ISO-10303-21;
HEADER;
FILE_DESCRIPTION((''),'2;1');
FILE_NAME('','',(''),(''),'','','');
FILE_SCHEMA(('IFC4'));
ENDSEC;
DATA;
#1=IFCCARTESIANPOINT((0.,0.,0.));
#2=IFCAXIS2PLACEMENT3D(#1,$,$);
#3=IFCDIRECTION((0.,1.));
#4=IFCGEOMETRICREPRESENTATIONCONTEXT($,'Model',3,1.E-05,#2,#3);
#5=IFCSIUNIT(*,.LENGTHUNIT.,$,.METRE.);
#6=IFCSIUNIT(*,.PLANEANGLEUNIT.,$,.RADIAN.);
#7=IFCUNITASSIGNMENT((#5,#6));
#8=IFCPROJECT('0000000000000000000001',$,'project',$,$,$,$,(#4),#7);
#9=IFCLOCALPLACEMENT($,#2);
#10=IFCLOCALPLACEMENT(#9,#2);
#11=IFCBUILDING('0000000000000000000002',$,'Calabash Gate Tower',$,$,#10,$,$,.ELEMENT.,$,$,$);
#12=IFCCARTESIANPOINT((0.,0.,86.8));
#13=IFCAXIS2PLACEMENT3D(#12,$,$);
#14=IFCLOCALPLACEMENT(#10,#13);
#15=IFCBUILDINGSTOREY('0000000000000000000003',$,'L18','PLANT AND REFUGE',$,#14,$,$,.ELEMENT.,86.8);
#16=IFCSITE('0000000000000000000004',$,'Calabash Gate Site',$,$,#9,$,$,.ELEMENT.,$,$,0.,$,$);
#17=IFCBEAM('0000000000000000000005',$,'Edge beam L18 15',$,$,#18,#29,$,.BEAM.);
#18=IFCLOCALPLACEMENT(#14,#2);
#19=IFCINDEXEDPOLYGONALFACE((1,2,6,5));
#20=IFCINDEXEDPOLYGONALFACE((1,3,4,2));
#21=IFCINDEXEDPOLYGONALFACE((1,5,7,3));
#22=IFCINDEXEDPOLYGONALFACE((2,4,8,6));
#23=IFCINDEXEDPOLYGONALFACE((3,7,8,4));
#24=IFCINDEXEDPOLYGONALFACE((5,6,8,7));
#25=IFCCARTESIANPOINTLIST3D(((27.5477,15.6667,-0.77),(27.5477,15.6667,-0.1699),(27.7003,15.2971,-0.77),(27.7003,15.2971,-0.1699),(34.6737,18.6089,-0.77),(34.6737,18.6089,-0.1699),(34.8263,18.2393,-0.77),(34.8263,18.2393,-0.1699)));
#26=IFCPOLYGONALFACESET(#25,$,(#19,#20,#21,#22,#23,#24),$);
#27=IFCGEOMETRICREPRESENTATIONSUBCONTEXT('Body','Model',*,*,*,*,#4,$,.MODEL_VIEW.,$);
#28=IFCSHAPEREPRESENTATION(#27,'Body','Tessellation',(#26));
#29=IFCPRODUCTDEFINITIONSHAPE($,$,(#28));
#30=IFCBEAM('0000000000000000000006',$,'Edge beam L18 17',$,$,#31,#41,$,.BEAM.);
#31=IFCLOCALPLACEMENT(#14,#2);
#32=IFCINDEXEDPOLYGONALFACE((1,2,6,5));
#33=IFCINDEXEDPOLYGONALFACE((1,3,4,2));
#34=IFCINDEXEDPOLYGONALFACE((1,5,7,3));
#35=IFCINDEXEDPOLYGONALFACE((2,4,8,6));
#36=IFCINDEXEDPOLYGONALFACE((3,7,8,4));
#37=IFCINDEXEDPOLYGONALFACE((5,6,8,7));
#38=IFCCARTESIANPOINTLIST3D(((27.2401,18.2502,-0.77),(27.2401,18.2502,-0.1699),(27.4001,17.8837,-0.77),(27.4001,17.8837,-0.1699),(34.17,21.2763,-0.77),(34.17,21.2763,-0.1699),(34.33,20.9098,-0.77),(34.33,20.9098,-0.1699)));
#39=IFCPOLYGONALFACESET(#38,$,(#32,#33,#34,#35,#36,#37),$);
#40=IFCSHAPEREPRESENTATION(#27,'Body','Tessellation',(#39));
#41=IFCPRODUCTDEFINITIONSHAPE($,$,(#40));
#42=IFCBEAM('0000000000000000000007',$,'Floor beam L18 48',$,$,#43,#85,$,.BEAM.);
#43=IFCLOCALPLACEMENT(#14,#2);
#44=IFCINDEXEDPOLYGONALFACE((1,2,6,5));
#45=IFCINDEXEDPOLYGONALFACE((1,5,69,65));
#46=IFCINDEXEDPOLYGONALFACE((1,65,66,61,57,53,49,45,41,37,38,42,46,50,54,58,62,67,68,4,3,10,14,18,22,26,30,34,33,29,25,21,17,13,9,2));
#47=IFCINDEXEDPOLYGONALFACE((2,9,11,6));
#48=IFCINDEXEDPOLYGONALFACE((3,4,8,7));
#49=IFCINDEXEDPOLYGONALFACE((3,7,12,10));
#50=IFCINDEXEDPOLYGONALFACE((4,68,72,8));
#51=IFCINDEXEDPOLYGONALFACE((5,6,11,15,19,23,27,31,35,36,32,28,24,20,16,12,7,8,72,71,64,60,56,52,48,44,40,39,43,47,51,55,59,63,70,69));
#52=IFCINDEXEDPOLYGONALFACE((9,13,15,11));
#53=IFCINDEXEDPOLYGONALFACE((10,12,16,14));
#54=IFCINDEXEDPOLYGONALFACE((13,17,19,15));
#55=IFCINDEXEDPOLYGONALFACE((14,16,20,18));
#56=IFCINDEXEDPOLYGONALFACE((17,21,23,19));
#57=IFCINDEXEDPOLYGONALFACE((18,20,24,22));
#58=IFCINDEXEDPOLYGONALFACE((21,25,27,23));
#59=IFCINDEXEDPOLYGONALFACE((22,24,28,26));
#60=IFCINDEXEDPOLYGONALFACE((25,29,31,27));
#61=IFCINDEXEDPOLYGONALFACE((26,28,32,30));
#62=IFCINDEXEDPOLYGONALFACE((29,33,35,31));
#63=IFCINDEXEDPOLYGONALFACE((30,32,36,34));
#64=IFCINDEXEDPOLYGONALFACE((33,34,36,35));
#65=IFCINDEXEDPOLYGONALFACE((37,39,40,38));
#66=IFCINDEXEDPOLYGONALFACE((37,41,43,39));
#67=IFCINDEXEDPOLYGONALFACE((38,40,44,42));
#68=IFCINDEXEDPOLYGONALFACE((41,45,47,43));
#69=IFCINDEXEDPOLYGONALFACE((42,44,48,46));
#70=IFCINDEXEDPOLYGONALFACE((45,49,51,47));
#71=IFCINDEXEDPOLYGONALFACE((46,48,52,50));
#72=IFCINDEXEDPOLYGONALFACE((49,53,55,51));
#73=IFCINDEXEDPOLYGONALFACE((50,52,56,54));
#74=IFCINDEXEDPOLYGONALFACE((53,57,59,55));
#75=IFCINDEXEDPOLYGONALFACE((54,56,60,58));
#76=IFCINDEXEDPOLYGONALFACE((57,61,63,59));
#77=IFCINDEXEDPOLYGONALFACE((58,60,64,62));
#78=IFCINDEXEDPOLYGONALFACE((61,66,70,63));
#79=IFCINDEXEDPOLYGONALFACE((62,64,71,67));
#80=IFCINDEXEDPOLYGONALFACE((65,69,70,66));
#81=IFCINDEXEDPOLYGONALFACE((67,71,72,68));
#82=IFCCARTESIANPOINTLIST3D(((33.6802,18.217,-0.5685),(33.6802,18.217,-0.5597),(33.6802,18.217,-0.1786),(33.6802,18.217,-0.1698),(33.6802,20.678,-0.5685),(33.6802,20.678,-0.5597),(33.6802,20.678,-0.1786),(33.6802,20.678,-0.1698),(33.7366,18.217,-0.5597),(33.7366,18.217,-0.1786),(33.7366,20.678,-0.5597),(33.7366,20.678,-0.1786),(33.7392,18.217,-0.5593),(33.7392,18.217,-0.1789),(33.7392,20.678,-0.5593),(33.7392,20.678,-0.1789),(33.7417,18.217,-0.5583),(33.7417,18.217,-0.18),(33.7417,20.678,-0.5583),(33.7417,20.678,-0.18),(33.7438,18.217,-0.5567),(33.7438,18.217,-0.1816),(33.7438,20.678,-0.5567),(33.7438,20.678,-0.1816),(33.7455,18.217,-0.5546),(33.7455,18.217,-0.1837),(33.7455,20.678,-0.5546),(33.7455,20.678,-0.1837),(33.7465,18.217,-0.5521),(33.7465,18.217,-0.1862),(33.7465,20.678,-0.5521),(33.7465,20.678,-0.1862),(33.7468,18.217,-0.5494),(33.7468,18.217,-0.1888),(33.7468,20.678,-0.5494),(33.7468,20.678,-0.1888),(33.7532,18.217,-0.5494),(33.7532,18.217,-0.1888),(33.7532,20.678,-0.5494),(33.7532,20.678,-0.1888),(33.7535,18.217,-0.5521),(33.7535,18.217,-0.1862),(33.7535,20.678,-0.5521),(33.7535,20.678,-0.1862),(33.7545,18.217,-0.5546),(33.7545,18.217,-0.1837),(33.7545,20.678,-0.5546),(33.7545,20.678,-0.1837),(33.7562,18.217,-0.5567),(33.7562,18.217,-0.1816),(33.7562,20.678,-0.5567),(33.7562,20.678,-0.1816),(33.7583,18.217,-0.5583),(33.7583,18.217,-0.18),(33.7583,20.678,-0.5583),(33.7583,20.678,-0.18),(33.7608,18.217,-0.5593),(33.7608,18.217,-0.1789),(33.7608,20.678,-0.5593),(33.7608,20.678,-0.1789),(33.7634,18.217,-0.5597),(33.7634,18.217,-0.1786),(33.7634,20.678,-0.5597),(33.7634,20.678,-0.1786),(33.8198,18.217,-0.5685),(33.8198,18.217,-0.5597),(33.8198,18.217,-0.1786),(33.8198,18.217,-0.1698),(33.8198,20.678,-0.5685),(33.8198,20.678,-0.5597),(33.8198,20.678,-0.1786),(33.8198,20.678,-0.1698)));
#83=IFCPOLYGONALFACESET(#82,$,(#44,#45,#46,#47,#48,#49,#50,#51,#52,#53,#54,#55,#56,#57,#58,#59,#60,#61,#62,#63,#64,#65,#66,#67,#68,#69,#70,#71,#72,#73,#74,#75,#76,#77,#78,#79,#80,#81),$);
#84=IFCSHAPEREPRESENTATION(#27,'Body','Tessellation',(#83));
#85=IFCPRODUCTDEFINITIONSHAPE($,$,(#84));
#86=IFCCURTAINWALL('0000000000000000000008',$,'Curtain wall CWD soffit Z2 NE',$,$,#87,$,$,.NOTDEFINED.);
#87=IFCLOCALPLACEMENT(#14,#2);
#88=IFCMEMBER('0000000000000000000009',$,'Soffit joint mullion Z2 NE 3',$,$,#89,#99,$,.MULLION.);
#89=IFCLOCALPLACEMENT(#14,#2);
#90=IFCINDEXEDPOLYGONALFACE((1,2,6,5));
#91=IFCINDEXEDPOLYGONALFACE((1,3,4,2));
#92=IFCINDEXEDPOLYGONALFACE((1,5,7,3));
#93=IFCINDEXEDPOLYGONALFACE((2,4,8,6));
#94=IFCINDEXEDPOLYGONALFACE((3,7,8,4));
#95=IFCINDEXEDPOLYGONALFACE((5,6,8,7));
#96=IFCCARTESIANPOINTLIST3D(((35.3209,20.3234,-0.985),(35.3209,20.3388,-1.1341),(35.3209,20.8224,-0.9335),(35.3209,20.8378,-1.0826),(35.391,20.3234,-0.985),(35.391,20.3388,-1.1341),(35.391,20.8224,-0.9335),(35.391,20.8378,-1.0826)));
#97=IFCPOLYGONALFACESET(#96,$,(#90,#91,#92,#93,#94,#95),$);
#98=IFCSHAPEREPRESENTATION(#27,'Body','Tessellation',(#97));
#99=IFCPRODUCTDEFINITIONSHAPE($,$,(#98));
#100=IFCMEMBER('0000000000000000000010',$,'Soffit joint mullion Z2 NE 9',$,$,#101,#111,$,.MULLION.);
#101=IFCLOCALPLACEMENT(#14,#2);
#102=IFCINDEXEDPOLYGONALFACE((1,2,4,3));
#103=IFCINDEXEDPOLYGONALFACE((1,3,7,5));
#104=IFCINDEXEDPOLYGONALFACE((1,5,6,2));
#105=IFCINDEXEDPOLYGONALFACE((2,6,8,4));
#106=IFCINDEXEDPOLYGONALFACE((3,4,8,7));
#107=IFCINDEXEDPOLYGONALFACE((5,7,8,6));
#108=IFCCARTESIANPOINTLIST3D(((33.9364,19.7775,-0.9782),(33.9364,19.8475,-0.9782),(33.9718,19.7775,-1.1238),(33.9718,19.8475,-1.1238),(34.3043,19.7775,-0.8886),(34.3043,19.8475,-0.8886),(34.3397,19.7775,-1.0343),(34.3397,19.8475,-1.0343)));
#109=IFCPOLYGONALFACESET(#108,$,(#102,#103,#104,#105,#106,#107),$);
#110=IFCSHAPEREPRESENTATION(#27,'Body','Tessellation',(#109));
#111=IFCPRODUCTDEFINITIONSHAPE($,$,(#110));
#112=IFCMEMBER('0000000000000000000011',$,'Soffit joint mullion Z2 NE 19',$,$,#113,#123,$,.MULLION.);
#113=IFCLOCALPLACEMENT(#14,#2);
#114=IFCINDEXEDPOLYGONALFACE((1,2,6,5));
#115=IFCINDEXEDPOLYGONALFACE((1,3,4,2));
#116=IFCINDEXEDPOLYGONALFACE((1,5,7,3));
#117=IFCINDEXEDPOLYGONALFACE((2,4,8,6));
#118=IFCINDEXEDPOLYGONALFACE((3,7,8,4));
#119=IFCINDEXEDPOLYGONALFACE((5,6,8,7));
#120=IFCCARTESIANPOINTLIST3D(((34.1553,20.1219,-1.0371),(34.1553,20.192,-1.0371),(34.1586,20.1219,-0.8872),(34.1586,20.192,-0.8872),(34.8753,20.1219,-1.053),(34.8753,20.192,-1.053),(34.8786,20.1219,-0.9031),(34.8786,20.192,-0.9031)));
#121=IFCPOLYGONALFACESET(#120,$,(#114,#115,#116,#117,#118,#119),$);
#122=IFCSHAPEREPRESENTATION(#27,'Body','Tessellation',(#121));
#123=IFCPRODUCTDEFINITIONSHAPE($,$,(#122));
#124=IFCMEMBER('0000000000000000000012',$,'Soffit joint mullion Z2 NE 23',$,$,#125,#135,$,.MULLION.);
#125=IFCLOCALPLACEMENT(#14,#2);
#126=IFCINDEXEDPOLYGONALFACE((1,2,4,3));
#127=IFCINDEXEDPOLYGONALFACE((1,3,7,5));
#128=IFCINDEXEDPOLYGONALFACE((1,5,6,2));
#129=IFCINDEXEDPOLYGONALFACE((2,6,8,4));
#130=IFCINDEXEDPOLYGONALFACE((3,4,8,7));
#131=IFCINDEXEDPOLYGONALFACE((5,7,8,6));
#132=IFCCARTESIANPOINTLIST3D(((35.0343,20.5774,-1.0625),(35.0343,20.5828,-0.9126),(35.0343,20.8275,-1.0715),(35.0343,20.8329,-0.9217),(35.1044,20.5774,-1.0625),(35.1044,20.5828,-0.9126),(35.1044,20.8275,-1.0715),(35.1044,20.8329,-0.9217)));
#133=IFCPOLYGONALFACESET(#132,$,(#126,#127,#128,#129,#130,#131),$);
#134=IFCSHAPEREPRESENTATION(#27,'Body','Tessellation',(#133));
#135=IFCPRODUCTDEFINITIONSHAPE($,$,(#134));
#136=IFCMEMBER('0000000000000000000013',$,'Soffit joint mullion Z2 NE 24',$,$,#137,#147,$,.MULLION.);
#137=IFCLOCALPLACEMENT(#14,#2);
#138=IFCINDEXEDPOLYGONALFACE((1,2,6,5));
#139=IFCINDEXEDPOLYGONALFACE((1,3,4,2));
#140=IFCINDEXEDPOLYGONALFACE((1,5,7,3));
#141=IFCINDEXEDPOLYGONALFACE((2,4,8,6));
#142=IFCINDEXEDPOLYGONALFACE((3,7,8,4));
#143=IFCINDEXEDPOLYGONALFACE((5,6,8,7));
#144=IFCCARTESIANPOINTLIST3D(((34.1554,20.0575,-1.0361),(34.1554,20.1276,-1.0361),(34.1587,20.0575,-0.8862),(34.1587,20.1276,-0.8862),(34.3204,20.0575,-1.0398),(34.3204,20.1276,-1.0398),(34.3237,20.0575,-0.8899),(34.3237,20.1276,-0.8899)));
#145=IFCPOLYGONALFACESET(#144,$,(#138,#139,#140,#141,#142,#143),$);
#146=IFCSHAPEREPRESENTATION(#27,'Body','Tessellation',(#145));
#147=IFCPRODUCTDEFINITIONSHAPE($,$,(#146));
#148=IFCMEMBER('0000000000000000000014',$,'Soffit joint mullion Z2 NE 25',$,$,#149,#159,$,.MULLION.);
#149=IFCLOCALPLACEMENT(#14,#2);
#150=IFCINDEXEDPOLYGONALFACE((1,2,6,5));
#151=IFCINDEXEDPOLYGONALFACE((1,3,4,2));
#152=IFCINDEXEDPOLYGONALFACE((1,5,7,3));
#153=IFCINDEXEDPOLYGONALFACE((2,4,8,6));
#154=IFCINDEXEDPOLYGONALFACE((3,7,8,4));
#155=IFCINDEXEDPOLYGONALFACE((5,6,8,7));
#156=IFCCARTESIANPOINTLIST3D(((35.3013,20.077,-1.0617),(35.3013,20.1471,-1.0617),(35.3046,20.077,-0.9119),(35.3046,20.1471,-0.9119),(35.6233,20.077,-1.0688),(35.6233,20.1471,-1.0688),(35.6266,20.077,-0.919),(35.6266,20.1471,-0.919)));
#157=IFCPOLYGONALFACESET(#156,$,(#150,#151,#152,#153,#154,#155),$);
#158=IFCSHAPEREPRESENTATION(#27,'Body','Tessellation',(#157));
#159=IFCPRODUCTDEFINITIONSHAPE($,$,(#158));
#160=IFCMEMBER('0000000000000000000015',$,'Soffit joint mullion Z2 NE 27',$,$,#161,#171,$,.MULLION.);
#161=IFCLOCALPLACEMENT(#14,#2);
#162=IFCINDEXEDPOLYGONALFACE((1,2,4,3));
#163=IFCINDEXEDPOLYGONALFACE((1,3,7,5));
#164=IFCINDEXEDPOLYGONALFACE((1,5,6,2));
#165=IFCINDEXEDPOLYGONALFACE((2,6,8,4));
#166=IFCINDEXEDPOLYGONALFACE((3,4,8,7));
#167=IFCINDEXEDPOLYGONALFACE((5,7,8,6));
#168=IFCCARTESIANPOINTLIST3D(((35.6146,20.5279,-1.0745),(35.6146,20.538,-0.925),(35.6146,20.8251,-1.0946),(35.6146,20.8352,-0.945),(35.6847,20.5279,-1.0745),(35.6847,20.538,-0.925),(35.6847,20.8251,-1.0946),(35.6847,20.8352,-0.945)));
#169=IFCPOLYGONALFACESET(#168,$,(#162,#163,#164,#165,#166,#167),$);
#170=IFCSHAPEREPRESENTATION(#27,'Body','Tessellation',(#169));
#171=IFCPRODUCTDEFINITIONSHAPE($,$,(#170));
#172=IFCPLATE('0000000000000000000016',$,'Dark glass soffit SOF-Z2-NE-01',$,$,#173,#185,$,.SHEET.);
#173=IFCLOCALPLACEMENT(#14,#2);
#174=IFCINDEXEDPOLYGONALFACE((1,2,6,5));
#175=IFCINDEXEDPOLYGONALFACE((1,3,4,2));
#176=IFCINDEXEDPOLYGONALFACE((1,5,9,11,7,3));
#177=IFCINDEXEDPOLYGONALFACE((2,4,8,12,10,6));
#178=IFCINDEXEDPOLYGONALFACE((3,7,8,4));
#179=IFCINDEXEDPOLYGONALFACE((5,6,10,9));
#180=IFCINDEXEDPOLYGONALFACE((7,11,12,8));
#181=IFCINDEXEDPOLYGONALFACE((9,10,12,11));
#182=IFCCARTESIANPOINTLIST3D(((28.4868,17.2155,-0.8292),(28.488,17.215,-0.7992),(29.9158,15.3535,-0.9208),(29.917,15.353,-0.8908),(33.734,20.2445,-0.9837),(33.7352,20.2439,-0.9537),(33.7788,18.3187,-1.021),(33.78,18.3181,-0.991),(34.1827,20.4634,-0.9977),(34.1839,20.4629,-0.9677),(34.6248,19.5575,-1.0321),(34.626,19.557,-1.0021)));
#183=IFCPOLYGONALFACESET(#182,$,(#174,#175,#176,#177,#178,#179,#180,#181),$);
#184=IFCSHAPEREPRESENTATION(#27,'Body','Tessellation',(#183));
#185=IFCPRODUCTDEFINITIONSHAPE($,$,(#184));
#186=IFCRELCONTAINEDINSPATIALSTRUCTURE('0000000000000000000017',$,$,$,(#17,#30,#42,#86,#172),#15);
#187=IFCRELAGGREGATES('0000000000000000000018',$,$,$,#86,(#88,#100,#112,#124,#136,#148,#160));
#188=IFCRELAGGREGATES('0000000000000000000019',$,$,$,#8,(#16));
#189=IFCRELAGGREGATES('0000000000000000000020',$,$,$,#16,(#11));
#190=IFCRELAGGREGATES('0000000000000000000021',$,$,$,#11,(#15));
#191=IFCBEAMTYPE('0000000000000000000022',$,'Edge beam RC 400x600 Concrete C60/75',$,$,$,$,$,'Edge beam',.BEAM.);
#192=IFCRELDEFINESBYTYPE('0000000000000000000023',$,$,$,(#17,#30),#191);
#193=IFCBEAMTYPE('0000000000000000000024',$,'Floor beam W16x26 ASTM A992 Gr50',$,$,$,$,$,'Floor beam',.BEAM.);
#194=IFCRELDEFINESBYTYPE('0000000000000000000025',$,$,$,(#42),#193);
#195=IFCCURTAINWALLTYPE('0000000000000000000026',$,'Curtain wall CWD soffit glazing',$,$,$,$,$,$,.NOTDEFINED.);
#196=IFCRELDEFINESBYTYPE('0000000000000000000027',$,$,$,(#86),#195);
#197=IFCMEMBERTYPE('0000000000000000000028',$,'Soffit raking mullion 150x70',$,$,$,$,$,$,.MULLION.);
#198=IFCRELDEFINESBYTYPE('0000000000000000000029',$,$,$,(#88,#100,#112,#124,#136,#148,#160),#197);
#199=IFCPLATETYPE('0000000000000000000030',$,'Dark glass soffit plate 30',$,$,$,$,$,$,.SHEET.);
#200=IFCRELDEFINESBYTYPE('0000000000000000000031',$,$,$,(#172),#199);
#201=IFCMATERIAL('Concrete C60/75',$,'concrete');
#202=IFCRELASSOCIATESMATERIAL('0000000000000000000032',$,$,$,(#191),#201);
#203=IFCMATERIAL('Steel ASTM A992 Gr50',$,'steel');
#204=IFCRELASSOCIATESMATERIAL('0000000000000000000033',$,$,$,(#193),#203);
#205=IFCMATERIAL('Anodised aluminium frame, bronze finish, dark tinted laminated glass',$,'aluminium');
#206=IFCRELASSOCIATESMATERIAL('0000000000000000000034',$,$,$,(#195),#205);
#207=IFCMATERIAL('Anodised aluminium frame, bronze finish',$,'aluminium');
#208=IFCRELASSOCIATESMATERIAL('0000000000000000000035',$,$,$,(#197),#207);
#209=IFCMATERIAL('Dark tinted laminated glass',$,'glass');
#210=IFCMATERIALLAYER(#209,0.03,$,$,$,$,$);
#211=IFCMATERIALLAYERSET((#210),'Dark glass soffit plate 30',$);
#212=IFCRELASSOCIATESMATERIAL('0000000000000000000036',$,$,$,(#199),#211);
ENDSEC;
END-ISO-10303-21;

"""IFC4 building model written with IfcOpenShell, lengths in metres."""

from ifc_helpers import new_model, si_unit, direction, frame, origin, origin_2d, place, context, subcontext, project, spatial, polyline, rectangle, i_section, outline, extrude, material, layer, layer_set, material_profile, profile_set, type_object, element, aggregate, save


model = new_model("IFC4")

# Units and contexts
model_context = context("Model", 3, precision=1e-05, world=origin(), true_north=direction((0.0, 1.0)))
body_context = subcontext(model_context, "Body", "Model", "MODEL_VIEW")
ifc_project = project(units=[si_unit("LENGTHUNIT", "METRE"), si_unit("PLANEANGLEUNIT", "RADIAN")], contexts=[model_context])

# Site, building, storey
site_placement = place(None, origin())
site = spatial("IfcSite", under=ifc_project, at=site_placement, Name="Calabash Gate Site", CompositionType="ELEMENT", RefElevation=0.0)
building_placement = place(site_placement, origin())
building = spatial("IfcBuilding", under=site, at=building_placement, Name="Calabash Gate Tower", CompositionType="ELEMENT")
storey_placement = place(building_placement, frame((0.0, 0.0, 86.8)))
storey = spatial("IfcBuildingStorey", under=building, at=storey_placement, Name="L18", Description="PLANT AND REFUGE", CompositionType="ELEMENT", Elevation=86.8)

# Beams
ifc_material_1 = material(Name="Concrete C60/75", Category="concrete")
ifc_material_profile_1 = material_profile(ifc_material_1, rectangle(XDim=0.3999, YDim=0.6001, at=origin_2d()))
ifc_profile_set_1 = profile_set([ifc_material_profile_1], Name="Concrete C60/75")
beam_type_1 = type_object("IfcBeamType", Name="Edge beam RC 400x600 Concrete C60/75", ElementType="Edge beam", PredefinedType="BEAM", material=ifc_profile_set_1)
beam_1_placement = place(storey_placement, frame((34.75, 18.4241, -0.47), z_axis=(-0.924316, -0.381627, 0.0), x_axis=(0.381627, -0.924316, 0.0)))
element("IfcBeam", 1, at=beam_1_placement, inside=storey, type_object=beam_type_1, Name="Edge beam L18 15", PredefinedType="BEAM", context=body_context, shape_type="SweptSolid", body=[
    extrude(rectangle(XDim=0.3999, YDim=0.6001, at=origin_2d()), origin(), (0.0, 0.0, 1.0), 7.7095),
])
beam_2_placement = place(storey_placement, frame((34.25, 21.093, -0.47), z_axis=(-0.916435, -0.400184, 0.0), x_axis=(0.400184, -0.916435, 0.0)))
element("IfcBeam", 2, at=beam_2_placement, inside=storey, type_object=beam_type_1, Name="Edge beam L18 17", PredefinedType="BEAM", context=body_context, shape_type="SweptSolid", body=[
    extrude(rectangle(XDim=0.3999, YDim=0.6001, at=origin_2d()), origin(), (0.0, 0.0, 1.0), 7.5618),
])
ifc_material_2 = material(Name="Steel ASTM A992 Gr50", Category="steel")
ifc_material_profile_2 = material_profile(ifc_material_2, i_section(OverallWidth=0.1396, OverallDepth=0.3987, WebThickness=0.0063, FlangeThickness=0.0088, FilletRadius=0.0103, at=origin_2d()))
ifc_profile_set_2 = profile_set([ifc_material_profile_2], Name="Steel ASTM A992 Gr50")
beam_type_2 = type_object("IfcBeamType", Name="Floor beam W16x26 ASTM A992 Gr50", ElementType="Floor beam", PredefinedType="BEAM", material=ifc_profile_set_2)
beam_3_placement = place(storey_placement, frame((33.75, 18.217, -0.3691), z_axis=(0.0, 1.0, 0.0), x_axis=(-1.0, 0.0, 0.0)))
element("IfcBeam", 3, at=beam_3_placement, inside=storey, type_object=beam_type_2, Name="Floor beam L18 48", PredefinedType="BEAM", context=body_context, shape_type="SweptSolid", body=[
    extrude(i_section(OverallWidth=0.1396, OverallDepth=0.3987, WebThickness=0.0063, FlangeThickness=0.0088, FilletRadius=0.0103, at=origin_2d()), origin(), (0.0, 0.0, 1.0), 2.4609),
])

# Curtain wall, members
ifc_material_3 = material(Name="Anodised aluminium frame, bronze finish, dark tinted laminated glass", Category="aluminium")
curtain_wall_type = type_object("IfcCurtainWallType", Name="Curtain wall CWD soffit glazing", PredefinedType="NOTDEFINED", material=ifc_material_3)
curtain_wall_placement = place(storey_placement, origin())
curtain_wall = element("IfcCurtainWall", 4, at=curtain_wall_placement, inside=storey, type_object=curtain_wall_type, Name="Curtain wall CWD soffit Z2 NE", PredefinedType="NOTDEFINED")
ifc_material_4 = material(Name="Anodised aluminium frame, bronze finish", Category="aluminium")
ifc_material_profile_3 = material_profile(ifc_material_4, rectangle(XDim=0.1499, YDim=0.0701, at=origin_2d()))
ifc_profile_set_3 = profile_set([ifc_material_profile_3], Name="Anodised aluminium frame, bronze finish")
member_type = type_object("IfcMemberType", Name="Soffit raking mullion 150x70", PredefinedType="MULLION", material=ifc_profile_set_3)
member_1_placement = place(storey_placement, frame((35.356, 20.3311, -1.0596), z_axis=(0.0, 0.994714, 0.102683), x_axis=(0.0, -0.102683, 0.994714)))
member_1 = element("IfcMember", 5, at=member_1_placement, type_object=member_type, Name="Soffit joint mullion Z2 NE 3", PredefinedType="MULLION", context=body_context, shape_type="SweptSolid", body=[
    extrude(rectangle(XDim=0.1499, YDim=0.0701, at=origin_2d()), origin(), (0.0, 0.0, 1.0), 0.5017),
])
member_2_placement = place(storey_placement, frame((33.9541, 19.8125, -1.051), z_axis=(0.971604, 0.0, 0.236615), x_axis=(-0.236615, 0.0, 0.971604)))
member_2 = element("IfcMember", 6, at=member_2_placement, type_object=member_type, Name="Soffit joint mullion Z2 NE 9", PredefinedType="MULLION", context=body_context, shape_type="SweptSolid", body=[
    extrude(rectangle(XDim=0.1499, YDim=0.0701, at=origin_2d()), origin(), (0.0, 0.0, 1.0), 0.3787),
])
member_3_placement = place(storey_placement, frame((34.877, 20.157, -0.978), z_axis=(-0.999757, 0.0, 0.022036), x_axis=(0.022036, 0.0, 0.999757)))
member_3 = element("IfcMember", 7, at=member_3_placement, type_object=member_type, Name="Soffit joint mullion Z2 NE 19", PredefinedType="MULLION", context=body_context, shape_type="SweptSolid", body=[
    extrude(rectangle(XDim=0.1499, YDim=0.0701, at=origin_2d()), origin(), (0.0, 0.0, 1.0), 0.7202),
])
member_4_placement = place(storey_placement, frame((35.0693, 20.5801, -0.9875), z_axis=(0.0, 0.999348, -0.036109), x_axis=(0.0, 0.036109, 0.999348)))
member_4 = element("IfcMember", 8, at=member_4_placement, type_object=member_type, Name="Soffit joint mullion Z2 NE 23", PredefinedType="MULLION", context=body_context, shape_type="SweptSolid", body=[
    extrude(rectangle(XDim=0.1499, YDim=0.0701, at=origin_2d()), origin(), (0.0, 0.0, 1.0), 0.2502),
])
member_5_placement = place(storey_placement, frame((34.322, 20.0925, -0.9648), z_axis=(-0.999754, 0.0, 0.022184), x_axis=(0.022184, 0.0, 0.999754)))
member_5 = element("IfcMember", 9, at=member_5_placement, type_object=member_type, Name="Soffit joint mullion Z2 NE 24", PredefinedType="MULLION", context=body_context, shape_type="SweptSolid", body=[
    extrude(rectangle(XDim=0.1499, YDim=0.0701, at=origin_2d()), origin(), (0.0, 0.0, 1.0), 0.165),
])
member_6_placement = place(storey_placement, frame((35.303, 20.1121, -0.9868), z_axis=(0.999758, 0.0, -0.021981), x_axis=(0.021981, 0.0, 0.999758)))
member_6 = element("IfcMember", 10, at=member_6_placement, type_object=member_type, Name="Soffit joint mullion Z2 NE 25", PredefinedType="MULLION", context=body_context, shape_type="SweptSolid", body=[
    extrude(rectangle(XDim=0.1499, YDim=0.0701, at=origin_2d()), origin(), (0.0, 0.0, 1.0), 0.322),
])
member_7_placement = place(storey_placement, frame((35.6497, 20.533, -0.9998), z_axis=(0.0, 0.997738, -0.067226), x_axis=(0.0, 0.067226, 0.997738)))
member_7 = element("IfcMember", 11, at=member_7_placement, type_object=member_type, Name="Soffit joint mullion Z2 NE 27", PredefinedType="MULLION", context=body_context, shape_type="SweptSolid", body=[
    extrude(rectangle(XDim=0.1499, YDim=0.0701, at=origin_2d()), origin(), (0.0, 0.0, 1.0), 0.2979),
])
aggregate(curtain_wall, [member_1, member_2, member_3, member_4, member_5, member_6, member_7])

# Plate
ifc_material_5 = material(Name="Dark tinted laminated glass", Category="glass")
ifc_layer_1 = layer(ifc_material_5, 0.03)
ifc_layer_set_1 = layer_set([ifc_layer_1], Name="Dark glass soffit plate 30")
plate_type_1 = type_object("IfcPlateType", Name="Dark glass soffit plate 30", PredefinedType="SHEET", material=ifc_layer_set_1)
plate_1_placement = place(storey_placement, frame((33.78, 18.3181, -0.991), z_axis=(0.040026, -0.018387, 0.999029), x_axis=(-0.793097, -0.608748, 0.020572)))
element("IfcPlate", 12, at=plate_1_placement, inside=storey, type_object=plate_type_1, Name="Dark glass soffit SOF-Z2-NE-01", PredefinedType="SHEET", context=body_context, shape_type="SweptSolid", body=[
    extrude(outline(polyline([(0.0, 0.0), (4.8708, 0.0), (4.8726, -2.3489), (-1.136, -1.5562), (-1.6255, -1.4565), (-1.4253, -0.468), (0.0, 0.0)])), origin(), (0.0, 0.0, -1.0), 0.03),
])

save(model, "model.ifc")
